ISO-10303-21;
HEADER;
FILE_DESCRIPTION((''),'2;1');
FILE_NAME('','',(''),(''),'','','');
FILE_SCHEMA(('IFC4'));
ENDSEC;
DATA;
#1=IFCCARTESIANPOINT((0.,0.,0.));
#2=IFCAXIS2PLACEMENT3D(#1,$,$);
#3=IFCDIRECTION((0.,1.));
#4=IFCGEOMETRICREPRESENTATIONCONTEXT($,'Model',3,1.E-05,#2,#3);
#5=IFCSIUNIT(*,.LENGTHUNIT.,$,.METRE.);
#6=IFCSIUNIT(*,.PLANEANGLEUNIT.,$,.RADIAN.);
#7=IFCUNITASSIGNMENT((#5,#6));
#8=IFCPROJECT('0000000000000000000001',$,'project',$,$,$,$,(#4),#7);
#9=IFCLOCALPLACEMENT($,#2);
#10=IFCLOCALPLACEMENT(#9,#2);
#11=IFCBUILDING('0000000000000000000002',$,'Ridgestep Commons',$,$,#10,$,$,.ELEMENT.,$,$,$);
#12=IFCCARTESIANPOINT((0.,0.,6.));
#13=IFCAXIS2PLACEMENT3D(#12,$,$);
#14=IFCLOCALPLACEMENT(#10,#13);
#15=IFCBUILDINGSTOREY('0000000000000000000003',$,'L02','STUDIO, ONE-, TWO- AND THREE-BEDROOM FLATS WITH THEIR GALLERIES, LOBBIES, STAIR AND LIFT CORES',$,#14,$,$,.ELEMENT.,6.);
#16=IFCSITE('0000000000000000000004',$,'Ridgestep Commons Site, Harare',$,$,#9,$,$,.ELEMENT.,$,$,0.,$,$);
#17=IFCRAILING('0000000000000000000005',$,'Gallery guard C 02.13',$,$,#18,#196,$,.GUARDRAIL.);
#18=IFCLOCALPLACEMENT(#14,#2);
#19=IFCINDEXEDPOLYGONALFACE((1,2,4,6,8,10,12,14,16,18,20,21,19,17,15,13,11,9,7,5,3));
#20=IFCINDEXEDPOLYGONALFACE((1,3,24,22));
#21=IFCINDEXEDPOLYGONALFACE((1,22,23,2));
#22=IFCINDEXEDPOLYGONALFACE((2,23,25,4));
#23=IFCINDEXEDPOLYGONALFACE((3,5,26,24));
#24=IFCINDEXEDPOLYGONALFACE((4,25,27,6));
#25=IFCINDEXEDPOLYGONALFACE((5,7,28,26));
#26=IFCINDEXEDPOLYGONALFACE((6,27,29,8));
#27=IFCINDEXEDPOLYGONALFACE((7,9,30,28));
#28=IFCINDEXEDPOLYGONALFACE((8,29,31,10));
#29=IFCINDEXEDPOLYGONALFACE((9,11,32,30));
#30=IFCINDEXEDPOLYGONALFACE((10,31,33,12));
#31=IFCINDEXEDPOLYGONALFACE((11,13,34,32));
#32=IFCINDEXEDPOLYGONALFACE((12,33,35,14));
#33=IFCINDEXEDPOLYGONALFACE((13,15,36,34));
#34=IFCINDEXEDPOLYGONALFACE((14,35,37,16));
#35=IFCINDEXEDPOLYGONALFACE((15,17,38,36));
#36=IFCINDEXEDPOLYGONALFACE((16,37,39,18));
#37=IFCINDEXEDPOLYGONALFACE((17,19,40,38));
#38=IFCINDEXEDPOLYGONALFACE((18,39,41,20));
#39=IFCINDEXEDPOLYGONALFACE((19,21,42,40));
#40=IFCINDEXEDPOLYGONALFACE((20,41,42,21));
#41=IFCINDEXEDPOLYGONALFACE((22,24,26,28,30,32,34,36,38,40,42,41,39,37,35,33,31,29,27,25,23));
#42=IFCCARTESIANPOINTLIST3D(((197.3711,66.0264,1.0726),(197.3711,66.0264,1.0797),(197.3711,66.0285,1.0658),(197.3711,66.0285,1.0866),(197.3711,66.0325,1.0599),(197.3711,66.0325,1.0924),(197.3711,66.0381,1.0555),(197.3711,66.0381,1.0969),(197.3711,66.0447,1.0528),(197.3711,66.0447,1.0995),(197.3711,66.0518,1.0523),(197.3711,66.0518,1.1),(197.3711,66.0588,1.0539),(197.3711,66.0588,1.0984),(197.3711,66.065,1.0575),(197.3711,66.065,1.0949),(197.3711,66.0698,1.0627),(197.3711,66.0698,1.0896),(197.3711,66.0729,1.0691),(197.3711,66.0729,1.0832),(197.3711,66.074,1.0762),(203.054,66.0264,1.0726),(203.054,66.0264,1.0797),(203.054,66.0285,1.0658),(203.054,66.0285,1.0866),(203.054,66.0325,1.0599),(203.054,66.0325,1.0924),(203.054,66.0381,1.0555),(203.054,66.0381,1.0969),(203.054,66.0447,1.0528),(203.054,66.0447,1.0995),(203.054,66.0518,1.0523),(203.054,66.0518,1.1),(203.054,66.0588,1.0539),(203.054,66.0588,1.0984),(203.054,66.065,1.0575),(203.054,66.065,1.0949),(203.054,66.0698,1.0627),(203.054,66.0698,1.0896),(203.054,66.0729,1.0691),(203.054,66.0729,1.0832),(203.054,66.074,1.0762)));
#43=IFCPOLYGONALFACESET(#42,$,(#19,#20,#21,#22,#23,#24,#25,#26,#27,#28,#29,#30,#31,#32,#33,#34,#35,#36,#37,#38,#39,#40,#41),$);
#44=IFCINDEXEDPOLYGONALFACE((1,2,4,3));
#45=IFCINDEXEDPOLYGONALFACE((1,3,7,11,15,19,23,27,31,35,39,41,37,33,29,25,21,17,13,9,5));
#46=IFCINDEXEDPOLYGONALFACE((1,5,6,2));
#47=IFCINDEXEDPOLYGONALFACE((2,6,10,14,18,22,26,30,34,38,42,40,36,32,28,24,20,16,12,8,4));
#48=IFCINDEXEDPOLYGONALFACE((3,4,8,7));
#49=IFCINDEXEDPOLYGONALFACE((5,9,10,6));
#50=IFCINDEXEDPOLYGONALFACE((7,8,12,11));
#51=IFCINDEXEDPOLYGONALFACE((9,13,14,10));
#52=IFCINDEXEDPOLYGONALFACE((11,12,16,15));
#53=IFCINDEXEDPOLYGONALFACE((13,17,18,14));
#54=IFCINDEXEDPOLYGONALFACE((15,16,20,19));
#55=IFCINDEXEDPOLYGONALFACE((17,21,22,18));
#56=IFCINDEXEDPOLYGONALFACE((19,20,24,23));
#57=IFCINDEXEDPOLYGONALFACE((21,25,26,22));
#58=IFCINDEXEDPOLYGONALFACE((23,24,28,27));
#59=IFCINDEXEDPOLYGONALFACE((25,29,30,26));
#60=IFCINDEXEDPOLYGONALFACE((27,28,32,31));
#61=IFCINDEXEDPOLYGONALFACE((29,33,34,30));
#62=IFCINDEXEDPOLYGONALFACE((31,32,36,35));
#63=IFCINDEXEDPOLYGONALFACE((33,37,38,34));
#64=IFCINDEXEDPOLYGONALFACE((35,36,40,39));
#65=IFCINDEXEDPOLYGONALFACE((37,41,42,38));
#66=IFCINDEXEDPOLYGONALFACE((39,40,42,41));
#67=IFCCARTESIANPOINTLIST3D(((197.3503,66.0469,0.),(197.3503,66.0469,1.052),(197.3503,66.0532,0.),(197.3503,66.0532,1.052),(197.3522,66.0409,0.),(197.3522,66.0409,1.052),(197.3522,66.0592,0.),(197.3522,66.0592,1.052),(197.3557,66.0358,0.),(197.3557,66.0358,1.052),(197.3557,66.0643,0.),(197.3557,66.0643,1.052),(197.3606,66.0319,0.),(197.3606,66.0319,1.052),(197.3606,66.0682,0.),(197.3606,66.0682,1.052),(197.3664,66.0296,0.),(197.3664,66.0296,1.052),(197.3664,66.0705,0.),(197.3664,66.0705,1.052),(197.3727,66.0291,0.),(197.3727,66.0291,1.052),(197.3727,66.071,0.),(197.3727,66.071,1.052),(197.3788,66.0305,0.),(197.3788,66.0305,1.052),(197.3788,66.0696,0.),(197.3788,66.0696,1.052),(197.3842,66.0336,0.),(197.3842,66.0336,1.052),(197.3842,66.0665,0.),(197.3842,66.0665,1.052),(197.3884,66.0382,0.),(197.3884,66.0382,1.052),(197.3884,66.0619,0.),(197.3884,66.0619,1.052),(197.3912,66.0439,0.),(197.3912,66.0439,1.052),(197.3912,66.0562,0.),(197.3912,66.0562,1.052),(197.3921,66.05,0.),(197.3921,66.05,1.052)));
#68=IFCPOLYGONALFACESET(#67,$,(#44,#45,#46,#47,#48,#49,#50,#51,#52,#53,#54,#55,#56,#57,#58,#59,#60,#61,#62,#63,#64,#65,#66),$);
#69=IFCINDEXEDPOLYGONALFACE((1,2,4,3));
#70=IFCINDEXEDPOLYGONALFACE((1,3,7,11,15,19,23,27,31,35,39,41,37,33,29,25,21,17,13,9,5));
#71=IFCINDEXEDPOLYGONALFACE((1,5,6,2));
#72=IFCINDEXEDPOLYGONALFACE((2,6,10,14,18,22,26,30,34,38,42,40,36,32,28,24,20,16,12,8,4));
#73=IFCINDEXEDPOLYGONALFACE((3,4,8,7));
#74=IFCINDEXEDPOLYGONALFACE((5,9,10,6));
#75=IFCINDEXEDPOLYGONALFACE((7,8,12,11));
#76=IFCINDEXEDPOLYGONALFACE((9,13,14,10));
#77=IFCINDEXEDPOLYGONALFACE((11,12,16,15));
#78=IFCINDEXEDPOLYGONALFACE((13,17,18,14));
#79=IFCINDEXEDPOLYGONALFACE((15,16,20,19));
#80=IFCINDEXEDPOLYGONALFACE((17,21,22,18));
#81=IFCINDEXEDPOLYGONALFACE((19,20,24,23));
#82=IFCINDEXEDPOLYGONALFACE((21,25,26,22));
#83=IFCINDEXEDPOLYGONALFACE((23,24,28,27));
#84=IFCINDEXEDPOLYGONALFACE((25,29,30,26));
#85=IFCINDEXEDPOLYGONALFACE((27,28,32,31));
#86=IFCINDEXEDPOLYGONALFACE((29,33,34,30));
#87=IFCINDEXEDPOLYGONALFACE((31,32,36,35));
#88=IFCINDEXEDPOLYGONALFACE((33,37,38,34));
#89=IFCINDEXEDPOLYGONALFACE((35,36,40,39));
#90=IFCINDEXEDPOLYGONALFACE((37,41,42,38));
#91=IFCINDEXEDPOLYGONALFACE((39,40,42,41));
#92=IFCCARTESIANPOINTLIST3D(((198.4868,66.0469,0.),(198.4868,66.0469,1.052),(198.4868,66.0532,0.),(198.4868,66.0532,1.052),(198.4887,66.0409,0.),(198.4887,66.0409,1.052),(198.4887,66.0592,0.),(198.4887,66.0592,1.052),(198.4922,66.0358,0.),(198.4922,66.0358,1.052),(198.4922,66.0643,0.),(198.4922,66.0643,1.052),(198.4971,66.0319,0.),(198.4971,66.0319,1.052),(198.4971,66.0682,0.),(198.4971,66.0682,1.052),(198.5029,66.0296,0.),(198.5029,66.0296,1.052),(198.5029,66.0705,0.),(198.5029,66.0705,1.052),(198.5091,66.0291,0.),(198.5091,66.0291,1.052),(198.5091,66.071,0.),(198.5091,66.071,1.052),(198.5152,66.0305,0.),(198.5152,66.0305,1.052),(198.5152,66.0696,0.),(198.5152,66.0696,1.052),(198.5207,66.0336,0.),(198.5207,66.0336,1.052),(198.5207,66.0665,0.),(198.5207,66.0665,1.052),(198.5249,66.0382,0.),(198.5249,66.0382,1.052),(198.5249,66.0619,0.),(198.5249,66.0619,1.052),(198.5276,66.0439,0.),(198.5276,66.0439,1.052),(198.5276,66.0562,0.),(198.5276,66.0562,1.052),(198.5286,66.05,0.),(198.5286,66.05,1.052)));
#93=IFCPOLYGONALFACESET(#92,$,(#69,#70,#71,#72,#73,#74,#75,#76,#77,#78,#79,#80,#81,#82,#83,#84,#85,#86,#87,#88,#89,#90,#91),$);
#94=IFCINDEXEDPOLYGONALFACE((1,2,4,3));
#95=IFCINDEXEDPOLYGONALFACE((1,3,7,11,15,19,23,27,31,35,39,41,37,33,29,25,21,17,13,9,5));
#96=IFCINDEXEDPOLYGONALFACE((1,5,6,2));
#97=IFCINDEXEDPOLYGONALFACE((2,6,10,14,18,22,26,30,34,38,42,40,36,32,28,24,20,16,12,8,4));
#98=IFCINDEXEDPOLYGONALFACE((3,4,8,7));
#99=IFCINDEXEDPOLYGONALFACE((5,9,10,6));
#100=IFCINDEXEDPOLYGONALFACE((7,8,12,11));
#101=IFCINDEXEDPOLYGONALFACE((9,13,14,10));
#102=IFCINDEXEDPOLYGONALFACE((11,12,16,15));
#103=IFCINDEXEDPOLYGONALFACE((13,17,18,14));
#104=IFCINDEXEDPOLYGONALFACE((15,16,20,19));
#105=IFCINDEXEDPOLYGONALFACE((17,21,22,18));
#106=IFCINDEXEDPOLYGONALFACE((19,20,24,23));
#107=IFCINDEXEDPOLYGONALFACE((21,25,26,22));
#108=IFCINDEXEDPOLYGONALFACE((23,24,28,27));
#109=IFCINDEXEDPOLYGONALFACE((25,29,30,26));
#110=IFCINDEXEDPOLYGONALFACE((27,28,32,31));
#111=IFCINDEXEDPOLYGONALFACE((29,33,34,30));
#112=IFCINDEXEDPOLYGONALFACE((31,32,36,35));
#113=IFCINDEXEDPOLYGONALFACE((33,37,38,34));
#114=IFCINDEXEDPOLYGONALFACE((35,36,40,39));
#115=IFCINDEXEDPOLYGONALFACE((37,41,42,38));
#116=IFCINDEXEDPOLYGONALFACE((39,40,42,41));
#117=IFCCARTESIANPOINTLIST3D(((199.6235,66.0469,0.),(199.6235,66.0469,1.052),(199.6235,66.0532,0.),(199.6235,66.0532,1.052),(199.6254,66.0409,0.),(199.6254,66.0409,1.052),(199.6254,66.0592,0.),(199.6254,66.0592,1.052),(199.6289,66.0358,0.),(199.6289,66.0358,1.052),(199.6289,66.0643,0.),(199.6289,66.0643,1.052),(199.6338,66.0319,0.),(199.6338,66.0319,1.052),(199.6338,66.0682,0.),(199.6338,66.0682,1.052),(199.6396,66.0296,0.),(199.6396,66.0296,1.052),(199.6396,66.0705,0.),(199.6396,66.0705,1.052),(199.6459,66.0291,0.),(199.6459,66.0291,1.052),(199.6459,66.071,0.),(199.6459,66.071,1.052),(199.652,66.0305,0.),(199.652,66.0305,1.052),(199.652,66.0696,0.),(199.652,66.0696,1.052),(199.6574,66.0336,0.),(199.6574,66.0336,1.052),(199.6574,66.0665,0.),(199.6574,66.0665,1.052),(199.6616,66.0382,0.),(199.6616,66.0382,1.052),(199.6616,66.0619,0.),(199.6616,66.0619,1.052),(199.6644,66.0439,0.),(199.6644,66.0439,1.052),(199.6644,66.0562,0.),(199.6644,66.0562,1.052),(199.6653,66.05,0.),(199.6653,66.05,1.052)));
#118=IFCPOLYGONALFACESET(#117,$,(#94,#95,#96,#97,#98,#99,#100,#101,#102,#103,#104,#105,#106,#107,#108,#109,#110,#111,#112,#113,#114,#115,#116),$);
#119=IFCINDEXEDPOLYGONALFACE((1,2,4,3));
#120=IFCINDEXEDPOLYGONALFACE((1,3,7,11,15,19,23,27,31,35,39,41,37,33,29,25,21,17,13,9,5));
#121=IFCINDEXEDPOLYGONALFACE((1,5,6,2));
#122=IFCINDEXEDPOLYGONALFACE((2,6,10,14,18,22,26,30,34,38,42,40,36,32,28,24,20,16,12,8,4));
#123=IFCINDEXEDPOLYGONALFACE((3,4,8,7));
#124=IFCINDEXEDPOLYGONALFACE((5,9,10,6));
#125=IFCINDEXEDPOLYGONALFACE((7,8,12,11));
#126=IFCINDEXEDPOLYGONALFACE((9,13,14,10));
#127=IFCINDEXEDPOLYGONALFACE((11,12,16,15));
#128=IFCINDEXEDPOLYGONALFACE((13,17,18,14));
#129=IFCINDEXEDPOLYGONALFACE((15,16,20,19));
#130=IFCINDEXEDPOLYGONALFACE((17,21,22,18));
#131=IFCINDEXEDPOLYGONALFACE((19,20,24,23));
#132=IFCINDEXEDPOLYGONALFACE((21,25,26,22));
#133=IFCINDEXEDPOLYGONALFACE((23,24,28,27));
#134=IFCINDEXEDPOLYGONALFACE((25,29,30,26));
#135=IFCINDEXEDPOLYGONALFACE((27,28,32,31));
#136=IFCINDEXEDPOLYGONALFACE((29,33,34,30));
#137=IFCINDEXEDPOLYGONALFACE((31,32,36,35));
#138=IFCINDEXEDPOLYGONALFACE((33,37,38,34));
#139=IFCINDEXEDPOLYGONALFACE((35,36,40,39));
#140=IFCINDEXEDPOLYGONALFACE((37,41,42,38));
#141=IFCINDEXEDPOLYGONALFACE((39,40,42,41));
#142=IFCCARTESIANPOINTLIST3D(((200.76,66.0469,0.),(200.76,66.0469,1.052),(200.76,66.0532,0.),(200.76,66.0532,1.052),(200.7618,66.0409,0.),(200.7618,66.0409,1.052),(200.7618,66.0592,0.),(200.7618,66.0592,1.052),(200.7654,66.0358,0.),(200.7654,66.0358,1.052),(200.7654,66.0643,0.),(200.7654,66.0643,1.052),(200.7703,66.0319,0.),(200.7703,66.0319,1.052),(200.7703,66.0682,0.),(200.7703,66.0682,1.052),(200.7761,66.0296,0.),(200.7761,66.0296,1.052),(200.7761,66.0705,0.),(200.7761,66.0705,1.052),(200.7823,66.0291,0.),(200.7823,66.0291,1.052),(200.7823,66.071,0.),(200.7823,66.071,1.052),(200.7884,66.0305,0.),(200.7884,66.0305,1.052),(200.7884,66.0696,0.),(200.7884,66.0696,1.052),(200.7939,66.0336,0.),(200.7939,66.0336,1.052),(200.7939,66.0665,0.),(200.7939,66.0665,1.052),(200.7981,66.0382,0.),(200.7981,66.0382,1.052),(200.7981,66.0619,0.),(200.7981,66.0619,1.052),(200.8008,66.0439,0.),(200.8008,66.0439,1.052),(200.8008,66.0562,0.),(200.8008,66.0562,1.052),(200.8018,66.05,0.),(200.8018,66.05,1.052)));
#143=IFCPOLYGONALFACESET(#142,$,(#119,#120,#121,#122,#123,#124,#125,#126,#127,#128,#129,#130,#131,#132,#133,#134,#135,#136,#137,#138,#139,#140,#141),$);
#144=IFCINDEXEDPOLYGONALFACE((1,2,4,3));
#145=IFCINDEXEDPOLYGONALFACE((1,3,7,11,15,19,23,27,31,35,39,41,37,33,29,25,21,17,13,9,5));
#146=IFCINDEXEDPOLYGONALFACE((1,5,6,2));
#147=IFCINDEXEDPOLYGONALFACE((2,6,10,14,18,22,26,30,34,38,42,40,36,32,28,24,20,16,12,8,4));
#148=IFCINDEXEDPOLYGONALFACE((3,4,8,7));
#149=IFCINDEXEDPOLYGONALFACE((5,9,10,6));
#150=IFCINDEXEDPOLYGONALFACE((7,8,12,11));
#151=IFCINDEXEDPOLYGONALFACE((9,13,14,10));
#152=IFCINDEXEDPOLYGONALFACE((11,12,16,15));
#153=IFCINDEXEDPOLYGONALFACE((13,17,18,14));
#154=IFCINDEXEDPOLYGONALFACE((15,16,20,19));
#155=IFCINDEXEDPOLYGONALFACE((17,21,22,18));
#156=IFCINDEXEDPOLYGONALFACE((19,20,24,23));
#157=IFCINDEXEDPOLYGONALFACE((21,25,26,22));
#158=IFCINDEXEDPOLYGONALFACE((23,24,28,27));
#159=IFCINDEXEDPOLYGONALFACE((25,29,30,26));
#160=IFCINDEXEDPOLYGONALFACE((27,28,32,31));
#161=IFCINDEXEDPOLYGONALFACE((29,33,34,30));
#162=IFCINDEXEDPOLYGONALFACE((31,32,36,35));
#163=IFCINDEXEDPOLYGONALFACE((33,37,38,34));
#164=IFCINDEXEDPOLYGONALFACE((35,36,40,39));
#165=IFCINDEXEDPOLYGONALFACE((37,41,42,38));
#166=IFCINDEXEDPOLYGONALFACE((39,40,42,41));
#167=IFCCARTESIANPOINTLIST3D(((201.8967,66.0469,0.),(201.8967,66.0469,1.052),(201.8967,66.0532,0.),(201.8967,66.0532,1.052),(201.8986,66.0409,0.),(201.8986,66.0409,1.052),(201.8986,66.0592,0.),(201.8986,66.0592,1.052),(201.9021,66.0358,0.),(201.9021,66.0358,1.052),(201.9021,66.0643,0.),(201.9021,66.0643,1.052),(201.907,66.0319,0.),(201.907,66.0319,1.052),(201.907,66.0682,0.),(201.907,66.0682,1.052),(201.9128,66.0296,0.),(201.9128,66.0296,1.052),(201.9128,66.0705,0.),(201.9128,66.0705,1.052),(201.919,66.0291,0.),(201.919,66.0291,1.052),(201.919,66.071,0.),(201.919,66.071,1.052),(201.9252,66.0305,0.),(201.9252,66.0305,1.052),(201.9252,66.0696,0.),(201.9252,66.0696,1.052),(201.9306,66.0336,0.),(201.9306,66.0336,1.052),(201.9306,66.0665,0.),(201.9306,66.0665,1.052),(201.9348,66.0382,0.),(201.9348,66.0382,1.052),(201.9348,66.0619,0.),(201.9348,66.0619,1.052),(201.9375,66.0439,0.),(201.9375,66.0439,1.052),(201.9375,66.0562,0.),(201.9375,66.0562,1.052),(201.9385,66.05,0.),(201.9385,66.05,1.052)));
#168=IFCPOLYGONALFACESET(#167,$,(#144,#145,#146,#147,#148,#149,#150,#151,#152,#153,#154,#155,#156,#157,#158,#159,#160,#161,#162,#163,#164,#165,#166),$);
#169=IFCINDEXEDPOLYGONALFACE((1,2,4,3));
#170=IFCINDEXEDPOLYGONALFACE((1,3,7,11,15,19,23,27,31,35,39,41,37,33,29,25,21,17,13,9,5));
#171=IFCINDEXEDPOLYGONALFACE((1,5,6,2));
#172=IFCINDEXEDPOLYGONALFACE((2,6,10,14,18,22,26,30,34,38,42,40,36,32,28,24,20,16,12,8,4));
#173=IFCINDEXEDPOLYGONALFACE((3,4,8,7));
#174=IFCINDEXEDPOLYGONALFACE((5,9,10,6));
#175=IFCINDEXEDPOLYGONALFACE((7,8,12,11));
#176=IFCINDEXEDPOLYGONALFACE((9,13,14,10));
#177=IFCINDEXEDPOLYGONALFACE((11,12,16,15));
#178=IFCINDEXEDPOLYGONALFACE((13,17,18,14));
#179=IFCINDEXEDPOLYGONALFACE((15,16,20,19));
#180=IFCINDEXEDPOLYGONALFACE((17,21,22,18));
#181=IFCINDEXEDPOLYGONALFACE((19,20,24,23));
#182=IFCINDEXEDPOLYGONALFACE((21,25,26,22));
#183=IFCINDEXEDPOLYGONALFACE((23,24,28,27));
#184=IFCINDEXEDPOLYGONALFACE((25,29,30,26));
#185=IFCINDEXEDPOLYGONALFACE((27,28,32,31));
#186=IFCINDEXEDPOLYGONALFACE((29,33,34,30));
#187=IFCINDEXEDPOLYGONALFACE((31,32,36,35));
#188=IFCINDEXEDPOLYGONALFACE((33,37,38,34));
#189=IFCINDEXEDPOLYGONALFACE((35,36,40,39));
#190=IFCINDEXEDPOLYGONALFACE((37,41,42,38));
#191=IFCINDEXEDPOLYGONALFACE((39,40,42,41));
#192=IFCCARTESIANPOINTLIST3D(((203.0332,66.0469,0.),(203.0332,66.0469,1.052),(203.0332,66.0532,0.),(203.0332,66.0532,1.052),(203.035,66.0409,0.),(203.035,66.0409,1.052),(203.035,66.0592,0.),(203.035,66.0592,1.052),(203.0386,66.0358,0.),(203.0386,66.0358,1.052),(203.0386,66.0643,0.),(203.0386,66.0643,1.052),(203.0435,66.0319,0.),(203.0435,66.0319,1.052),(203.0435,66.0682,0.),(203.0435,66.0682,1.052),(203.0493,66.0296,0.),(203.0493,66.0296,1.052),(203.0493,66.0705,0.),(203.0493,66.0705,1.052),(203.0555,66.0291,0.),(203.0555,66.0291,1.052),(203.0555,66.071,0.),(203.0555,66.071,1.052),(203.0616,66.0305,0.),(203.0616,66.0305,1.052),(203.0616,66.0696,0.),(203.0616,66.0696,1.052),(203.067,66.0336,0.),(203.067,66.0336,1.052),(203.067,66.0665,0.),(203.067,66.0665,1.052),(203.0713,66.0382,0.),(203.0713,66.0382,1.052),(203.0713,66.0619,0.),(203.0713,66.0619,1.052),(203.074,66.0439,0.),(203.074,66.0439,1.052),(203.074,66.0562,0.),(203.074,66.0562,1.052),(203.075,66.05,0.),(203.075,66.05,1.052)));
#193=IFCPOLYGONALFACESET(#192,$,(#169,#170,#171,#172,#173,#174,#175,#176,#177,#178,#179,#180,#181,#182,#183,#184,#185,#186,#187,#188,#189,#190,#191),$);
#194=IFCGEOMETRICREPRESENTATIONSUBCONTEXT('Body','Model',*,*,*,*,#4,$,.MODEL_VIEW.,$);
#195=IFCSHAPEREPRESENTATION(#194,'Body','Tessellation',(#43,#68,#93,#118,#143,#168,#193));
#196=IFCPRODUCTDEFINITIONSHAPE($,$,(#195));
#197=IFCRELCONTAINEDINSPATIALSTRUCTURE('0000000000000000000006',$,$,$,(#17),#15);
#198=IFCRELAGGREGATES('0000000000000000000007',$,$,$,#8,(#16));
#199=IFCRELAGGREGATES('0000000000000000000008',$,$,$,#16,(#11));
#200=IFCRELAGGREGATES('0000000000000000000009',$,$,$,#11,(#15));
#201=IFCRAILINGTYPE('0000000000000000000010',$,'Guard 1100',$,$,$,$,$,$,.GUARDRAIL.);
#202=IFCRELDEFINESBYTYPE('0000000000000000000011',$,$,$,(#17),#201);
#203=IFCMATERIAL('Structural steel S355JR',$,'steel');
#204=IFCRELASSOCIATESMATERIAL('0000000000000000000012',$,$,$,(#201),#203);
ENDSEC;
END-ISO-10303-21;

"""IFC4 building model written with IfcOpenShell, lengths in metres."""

from ifc_helpers import new_model, si_unit, direction, frame, origin, origin_2d, place, context, subcontext, project, spatial, circle, extrude, material, type_object, element, save


model = new_model("IFC4")

# Units and contexts
model_context = context("Model", 3, precision=1e-05, world=origin(), true_north=direction((0.0, 1.0)))
body_context = subcontext(model_context, "Body", "Model", "MODEL_VIEW")
ifc_project = project(units=[si_unit("LENGTHUNIT", "METRE"), si_unit("PLANEANGLEUNIT", "RADIAN")], contexts=[model_context])

# Site, building, storey
site_placement = place(None, origin())
site = spatial("IfcSite", under=ifc_project, at=site_placement, Name="Ridgestep Commons Site, Harare", CompositionType="ELEMENT", RefElevation=0.0)
building_placement = place(site_placement, origin())
building = spatial("IfcBuilding", under=site, at=building_placement, Name="Ridgestep Commons", CompositionType="ELEMENT")
storey_placement = place(building_placement, frame((0.0, 0.0, 6.0)))
storey = spatial("IfcBuildingStorey", under=building, at=storey_placement, Name="L02", Description="STUDIO, ONE-, TWO- AND THREE-BEDROOM FLATS WITH THEIR GALLERIES, LOBBIES, STAIR AND LIFT CORES", CompositionType="ELEMENT", Elevation=6.0)

# Railing
ifc_material_1 = material(Name="Structural steel S355JR", Category="steel")
railing_type = type_object("IfcRailingType", Name="Guard 1100", PredefinedType="GUARDRAIL", material=ifc_material_1)
railing_1_placement = place(storey_placement, frame((197.3711, 66.05, 0.0)))
element("IfcRailing", 1, at=railing_1_placement, inside=storey, type_object=railing_type, Name="Gallery guard C 02.13", PredefinedType="GUARDRAIL", context=body_context, shape_type="SweptSolid", body=[
    extrude(circle(Radius=0.0239, at=origin_2d()), frame((0.0, 0.0, 1.0762), z_axis=(1.0, 0.0, 0.0), x_axis=(0.0, 1.0, 0.0)), (0.0, 0.0, 1.0), 5.6829),
    extrude(circle(Radius=0.021, at=origin_2d()), origin(), (0.0, 0.0, 1.0), 1.052),
    extrude(circle(Radius=0.021, at=origin_2d()), frame((1.1365, 0.0, 0.0)), (0.0, 0.0, 1.0), 1.052),
    extrude(circle(Radius=0.021, at=origin_2d()), frame((2.2732, 0.0, 0.0)), (0.0, 0.0, 1.0), 1.052),
    extrude(circle(Radius=0.021, at=origin_2d()), frame((3.4097, 0.0, 0.0)), (0.0, 0.0, 1.0), 1.052),
    extrude(circle(Radius=0.021, at=origin_2d()), frame((4.5464, 0.0, 0.0)), (0.0, 0.0, 1.0), 1.052),
    extrude(circle(Radius=0.021, at=origin_2d()), frame((5.6829, 0.0, 0.0)), (0.0, 0.0, 1.0), 1.052),
])

save(model, "model.ifc")
